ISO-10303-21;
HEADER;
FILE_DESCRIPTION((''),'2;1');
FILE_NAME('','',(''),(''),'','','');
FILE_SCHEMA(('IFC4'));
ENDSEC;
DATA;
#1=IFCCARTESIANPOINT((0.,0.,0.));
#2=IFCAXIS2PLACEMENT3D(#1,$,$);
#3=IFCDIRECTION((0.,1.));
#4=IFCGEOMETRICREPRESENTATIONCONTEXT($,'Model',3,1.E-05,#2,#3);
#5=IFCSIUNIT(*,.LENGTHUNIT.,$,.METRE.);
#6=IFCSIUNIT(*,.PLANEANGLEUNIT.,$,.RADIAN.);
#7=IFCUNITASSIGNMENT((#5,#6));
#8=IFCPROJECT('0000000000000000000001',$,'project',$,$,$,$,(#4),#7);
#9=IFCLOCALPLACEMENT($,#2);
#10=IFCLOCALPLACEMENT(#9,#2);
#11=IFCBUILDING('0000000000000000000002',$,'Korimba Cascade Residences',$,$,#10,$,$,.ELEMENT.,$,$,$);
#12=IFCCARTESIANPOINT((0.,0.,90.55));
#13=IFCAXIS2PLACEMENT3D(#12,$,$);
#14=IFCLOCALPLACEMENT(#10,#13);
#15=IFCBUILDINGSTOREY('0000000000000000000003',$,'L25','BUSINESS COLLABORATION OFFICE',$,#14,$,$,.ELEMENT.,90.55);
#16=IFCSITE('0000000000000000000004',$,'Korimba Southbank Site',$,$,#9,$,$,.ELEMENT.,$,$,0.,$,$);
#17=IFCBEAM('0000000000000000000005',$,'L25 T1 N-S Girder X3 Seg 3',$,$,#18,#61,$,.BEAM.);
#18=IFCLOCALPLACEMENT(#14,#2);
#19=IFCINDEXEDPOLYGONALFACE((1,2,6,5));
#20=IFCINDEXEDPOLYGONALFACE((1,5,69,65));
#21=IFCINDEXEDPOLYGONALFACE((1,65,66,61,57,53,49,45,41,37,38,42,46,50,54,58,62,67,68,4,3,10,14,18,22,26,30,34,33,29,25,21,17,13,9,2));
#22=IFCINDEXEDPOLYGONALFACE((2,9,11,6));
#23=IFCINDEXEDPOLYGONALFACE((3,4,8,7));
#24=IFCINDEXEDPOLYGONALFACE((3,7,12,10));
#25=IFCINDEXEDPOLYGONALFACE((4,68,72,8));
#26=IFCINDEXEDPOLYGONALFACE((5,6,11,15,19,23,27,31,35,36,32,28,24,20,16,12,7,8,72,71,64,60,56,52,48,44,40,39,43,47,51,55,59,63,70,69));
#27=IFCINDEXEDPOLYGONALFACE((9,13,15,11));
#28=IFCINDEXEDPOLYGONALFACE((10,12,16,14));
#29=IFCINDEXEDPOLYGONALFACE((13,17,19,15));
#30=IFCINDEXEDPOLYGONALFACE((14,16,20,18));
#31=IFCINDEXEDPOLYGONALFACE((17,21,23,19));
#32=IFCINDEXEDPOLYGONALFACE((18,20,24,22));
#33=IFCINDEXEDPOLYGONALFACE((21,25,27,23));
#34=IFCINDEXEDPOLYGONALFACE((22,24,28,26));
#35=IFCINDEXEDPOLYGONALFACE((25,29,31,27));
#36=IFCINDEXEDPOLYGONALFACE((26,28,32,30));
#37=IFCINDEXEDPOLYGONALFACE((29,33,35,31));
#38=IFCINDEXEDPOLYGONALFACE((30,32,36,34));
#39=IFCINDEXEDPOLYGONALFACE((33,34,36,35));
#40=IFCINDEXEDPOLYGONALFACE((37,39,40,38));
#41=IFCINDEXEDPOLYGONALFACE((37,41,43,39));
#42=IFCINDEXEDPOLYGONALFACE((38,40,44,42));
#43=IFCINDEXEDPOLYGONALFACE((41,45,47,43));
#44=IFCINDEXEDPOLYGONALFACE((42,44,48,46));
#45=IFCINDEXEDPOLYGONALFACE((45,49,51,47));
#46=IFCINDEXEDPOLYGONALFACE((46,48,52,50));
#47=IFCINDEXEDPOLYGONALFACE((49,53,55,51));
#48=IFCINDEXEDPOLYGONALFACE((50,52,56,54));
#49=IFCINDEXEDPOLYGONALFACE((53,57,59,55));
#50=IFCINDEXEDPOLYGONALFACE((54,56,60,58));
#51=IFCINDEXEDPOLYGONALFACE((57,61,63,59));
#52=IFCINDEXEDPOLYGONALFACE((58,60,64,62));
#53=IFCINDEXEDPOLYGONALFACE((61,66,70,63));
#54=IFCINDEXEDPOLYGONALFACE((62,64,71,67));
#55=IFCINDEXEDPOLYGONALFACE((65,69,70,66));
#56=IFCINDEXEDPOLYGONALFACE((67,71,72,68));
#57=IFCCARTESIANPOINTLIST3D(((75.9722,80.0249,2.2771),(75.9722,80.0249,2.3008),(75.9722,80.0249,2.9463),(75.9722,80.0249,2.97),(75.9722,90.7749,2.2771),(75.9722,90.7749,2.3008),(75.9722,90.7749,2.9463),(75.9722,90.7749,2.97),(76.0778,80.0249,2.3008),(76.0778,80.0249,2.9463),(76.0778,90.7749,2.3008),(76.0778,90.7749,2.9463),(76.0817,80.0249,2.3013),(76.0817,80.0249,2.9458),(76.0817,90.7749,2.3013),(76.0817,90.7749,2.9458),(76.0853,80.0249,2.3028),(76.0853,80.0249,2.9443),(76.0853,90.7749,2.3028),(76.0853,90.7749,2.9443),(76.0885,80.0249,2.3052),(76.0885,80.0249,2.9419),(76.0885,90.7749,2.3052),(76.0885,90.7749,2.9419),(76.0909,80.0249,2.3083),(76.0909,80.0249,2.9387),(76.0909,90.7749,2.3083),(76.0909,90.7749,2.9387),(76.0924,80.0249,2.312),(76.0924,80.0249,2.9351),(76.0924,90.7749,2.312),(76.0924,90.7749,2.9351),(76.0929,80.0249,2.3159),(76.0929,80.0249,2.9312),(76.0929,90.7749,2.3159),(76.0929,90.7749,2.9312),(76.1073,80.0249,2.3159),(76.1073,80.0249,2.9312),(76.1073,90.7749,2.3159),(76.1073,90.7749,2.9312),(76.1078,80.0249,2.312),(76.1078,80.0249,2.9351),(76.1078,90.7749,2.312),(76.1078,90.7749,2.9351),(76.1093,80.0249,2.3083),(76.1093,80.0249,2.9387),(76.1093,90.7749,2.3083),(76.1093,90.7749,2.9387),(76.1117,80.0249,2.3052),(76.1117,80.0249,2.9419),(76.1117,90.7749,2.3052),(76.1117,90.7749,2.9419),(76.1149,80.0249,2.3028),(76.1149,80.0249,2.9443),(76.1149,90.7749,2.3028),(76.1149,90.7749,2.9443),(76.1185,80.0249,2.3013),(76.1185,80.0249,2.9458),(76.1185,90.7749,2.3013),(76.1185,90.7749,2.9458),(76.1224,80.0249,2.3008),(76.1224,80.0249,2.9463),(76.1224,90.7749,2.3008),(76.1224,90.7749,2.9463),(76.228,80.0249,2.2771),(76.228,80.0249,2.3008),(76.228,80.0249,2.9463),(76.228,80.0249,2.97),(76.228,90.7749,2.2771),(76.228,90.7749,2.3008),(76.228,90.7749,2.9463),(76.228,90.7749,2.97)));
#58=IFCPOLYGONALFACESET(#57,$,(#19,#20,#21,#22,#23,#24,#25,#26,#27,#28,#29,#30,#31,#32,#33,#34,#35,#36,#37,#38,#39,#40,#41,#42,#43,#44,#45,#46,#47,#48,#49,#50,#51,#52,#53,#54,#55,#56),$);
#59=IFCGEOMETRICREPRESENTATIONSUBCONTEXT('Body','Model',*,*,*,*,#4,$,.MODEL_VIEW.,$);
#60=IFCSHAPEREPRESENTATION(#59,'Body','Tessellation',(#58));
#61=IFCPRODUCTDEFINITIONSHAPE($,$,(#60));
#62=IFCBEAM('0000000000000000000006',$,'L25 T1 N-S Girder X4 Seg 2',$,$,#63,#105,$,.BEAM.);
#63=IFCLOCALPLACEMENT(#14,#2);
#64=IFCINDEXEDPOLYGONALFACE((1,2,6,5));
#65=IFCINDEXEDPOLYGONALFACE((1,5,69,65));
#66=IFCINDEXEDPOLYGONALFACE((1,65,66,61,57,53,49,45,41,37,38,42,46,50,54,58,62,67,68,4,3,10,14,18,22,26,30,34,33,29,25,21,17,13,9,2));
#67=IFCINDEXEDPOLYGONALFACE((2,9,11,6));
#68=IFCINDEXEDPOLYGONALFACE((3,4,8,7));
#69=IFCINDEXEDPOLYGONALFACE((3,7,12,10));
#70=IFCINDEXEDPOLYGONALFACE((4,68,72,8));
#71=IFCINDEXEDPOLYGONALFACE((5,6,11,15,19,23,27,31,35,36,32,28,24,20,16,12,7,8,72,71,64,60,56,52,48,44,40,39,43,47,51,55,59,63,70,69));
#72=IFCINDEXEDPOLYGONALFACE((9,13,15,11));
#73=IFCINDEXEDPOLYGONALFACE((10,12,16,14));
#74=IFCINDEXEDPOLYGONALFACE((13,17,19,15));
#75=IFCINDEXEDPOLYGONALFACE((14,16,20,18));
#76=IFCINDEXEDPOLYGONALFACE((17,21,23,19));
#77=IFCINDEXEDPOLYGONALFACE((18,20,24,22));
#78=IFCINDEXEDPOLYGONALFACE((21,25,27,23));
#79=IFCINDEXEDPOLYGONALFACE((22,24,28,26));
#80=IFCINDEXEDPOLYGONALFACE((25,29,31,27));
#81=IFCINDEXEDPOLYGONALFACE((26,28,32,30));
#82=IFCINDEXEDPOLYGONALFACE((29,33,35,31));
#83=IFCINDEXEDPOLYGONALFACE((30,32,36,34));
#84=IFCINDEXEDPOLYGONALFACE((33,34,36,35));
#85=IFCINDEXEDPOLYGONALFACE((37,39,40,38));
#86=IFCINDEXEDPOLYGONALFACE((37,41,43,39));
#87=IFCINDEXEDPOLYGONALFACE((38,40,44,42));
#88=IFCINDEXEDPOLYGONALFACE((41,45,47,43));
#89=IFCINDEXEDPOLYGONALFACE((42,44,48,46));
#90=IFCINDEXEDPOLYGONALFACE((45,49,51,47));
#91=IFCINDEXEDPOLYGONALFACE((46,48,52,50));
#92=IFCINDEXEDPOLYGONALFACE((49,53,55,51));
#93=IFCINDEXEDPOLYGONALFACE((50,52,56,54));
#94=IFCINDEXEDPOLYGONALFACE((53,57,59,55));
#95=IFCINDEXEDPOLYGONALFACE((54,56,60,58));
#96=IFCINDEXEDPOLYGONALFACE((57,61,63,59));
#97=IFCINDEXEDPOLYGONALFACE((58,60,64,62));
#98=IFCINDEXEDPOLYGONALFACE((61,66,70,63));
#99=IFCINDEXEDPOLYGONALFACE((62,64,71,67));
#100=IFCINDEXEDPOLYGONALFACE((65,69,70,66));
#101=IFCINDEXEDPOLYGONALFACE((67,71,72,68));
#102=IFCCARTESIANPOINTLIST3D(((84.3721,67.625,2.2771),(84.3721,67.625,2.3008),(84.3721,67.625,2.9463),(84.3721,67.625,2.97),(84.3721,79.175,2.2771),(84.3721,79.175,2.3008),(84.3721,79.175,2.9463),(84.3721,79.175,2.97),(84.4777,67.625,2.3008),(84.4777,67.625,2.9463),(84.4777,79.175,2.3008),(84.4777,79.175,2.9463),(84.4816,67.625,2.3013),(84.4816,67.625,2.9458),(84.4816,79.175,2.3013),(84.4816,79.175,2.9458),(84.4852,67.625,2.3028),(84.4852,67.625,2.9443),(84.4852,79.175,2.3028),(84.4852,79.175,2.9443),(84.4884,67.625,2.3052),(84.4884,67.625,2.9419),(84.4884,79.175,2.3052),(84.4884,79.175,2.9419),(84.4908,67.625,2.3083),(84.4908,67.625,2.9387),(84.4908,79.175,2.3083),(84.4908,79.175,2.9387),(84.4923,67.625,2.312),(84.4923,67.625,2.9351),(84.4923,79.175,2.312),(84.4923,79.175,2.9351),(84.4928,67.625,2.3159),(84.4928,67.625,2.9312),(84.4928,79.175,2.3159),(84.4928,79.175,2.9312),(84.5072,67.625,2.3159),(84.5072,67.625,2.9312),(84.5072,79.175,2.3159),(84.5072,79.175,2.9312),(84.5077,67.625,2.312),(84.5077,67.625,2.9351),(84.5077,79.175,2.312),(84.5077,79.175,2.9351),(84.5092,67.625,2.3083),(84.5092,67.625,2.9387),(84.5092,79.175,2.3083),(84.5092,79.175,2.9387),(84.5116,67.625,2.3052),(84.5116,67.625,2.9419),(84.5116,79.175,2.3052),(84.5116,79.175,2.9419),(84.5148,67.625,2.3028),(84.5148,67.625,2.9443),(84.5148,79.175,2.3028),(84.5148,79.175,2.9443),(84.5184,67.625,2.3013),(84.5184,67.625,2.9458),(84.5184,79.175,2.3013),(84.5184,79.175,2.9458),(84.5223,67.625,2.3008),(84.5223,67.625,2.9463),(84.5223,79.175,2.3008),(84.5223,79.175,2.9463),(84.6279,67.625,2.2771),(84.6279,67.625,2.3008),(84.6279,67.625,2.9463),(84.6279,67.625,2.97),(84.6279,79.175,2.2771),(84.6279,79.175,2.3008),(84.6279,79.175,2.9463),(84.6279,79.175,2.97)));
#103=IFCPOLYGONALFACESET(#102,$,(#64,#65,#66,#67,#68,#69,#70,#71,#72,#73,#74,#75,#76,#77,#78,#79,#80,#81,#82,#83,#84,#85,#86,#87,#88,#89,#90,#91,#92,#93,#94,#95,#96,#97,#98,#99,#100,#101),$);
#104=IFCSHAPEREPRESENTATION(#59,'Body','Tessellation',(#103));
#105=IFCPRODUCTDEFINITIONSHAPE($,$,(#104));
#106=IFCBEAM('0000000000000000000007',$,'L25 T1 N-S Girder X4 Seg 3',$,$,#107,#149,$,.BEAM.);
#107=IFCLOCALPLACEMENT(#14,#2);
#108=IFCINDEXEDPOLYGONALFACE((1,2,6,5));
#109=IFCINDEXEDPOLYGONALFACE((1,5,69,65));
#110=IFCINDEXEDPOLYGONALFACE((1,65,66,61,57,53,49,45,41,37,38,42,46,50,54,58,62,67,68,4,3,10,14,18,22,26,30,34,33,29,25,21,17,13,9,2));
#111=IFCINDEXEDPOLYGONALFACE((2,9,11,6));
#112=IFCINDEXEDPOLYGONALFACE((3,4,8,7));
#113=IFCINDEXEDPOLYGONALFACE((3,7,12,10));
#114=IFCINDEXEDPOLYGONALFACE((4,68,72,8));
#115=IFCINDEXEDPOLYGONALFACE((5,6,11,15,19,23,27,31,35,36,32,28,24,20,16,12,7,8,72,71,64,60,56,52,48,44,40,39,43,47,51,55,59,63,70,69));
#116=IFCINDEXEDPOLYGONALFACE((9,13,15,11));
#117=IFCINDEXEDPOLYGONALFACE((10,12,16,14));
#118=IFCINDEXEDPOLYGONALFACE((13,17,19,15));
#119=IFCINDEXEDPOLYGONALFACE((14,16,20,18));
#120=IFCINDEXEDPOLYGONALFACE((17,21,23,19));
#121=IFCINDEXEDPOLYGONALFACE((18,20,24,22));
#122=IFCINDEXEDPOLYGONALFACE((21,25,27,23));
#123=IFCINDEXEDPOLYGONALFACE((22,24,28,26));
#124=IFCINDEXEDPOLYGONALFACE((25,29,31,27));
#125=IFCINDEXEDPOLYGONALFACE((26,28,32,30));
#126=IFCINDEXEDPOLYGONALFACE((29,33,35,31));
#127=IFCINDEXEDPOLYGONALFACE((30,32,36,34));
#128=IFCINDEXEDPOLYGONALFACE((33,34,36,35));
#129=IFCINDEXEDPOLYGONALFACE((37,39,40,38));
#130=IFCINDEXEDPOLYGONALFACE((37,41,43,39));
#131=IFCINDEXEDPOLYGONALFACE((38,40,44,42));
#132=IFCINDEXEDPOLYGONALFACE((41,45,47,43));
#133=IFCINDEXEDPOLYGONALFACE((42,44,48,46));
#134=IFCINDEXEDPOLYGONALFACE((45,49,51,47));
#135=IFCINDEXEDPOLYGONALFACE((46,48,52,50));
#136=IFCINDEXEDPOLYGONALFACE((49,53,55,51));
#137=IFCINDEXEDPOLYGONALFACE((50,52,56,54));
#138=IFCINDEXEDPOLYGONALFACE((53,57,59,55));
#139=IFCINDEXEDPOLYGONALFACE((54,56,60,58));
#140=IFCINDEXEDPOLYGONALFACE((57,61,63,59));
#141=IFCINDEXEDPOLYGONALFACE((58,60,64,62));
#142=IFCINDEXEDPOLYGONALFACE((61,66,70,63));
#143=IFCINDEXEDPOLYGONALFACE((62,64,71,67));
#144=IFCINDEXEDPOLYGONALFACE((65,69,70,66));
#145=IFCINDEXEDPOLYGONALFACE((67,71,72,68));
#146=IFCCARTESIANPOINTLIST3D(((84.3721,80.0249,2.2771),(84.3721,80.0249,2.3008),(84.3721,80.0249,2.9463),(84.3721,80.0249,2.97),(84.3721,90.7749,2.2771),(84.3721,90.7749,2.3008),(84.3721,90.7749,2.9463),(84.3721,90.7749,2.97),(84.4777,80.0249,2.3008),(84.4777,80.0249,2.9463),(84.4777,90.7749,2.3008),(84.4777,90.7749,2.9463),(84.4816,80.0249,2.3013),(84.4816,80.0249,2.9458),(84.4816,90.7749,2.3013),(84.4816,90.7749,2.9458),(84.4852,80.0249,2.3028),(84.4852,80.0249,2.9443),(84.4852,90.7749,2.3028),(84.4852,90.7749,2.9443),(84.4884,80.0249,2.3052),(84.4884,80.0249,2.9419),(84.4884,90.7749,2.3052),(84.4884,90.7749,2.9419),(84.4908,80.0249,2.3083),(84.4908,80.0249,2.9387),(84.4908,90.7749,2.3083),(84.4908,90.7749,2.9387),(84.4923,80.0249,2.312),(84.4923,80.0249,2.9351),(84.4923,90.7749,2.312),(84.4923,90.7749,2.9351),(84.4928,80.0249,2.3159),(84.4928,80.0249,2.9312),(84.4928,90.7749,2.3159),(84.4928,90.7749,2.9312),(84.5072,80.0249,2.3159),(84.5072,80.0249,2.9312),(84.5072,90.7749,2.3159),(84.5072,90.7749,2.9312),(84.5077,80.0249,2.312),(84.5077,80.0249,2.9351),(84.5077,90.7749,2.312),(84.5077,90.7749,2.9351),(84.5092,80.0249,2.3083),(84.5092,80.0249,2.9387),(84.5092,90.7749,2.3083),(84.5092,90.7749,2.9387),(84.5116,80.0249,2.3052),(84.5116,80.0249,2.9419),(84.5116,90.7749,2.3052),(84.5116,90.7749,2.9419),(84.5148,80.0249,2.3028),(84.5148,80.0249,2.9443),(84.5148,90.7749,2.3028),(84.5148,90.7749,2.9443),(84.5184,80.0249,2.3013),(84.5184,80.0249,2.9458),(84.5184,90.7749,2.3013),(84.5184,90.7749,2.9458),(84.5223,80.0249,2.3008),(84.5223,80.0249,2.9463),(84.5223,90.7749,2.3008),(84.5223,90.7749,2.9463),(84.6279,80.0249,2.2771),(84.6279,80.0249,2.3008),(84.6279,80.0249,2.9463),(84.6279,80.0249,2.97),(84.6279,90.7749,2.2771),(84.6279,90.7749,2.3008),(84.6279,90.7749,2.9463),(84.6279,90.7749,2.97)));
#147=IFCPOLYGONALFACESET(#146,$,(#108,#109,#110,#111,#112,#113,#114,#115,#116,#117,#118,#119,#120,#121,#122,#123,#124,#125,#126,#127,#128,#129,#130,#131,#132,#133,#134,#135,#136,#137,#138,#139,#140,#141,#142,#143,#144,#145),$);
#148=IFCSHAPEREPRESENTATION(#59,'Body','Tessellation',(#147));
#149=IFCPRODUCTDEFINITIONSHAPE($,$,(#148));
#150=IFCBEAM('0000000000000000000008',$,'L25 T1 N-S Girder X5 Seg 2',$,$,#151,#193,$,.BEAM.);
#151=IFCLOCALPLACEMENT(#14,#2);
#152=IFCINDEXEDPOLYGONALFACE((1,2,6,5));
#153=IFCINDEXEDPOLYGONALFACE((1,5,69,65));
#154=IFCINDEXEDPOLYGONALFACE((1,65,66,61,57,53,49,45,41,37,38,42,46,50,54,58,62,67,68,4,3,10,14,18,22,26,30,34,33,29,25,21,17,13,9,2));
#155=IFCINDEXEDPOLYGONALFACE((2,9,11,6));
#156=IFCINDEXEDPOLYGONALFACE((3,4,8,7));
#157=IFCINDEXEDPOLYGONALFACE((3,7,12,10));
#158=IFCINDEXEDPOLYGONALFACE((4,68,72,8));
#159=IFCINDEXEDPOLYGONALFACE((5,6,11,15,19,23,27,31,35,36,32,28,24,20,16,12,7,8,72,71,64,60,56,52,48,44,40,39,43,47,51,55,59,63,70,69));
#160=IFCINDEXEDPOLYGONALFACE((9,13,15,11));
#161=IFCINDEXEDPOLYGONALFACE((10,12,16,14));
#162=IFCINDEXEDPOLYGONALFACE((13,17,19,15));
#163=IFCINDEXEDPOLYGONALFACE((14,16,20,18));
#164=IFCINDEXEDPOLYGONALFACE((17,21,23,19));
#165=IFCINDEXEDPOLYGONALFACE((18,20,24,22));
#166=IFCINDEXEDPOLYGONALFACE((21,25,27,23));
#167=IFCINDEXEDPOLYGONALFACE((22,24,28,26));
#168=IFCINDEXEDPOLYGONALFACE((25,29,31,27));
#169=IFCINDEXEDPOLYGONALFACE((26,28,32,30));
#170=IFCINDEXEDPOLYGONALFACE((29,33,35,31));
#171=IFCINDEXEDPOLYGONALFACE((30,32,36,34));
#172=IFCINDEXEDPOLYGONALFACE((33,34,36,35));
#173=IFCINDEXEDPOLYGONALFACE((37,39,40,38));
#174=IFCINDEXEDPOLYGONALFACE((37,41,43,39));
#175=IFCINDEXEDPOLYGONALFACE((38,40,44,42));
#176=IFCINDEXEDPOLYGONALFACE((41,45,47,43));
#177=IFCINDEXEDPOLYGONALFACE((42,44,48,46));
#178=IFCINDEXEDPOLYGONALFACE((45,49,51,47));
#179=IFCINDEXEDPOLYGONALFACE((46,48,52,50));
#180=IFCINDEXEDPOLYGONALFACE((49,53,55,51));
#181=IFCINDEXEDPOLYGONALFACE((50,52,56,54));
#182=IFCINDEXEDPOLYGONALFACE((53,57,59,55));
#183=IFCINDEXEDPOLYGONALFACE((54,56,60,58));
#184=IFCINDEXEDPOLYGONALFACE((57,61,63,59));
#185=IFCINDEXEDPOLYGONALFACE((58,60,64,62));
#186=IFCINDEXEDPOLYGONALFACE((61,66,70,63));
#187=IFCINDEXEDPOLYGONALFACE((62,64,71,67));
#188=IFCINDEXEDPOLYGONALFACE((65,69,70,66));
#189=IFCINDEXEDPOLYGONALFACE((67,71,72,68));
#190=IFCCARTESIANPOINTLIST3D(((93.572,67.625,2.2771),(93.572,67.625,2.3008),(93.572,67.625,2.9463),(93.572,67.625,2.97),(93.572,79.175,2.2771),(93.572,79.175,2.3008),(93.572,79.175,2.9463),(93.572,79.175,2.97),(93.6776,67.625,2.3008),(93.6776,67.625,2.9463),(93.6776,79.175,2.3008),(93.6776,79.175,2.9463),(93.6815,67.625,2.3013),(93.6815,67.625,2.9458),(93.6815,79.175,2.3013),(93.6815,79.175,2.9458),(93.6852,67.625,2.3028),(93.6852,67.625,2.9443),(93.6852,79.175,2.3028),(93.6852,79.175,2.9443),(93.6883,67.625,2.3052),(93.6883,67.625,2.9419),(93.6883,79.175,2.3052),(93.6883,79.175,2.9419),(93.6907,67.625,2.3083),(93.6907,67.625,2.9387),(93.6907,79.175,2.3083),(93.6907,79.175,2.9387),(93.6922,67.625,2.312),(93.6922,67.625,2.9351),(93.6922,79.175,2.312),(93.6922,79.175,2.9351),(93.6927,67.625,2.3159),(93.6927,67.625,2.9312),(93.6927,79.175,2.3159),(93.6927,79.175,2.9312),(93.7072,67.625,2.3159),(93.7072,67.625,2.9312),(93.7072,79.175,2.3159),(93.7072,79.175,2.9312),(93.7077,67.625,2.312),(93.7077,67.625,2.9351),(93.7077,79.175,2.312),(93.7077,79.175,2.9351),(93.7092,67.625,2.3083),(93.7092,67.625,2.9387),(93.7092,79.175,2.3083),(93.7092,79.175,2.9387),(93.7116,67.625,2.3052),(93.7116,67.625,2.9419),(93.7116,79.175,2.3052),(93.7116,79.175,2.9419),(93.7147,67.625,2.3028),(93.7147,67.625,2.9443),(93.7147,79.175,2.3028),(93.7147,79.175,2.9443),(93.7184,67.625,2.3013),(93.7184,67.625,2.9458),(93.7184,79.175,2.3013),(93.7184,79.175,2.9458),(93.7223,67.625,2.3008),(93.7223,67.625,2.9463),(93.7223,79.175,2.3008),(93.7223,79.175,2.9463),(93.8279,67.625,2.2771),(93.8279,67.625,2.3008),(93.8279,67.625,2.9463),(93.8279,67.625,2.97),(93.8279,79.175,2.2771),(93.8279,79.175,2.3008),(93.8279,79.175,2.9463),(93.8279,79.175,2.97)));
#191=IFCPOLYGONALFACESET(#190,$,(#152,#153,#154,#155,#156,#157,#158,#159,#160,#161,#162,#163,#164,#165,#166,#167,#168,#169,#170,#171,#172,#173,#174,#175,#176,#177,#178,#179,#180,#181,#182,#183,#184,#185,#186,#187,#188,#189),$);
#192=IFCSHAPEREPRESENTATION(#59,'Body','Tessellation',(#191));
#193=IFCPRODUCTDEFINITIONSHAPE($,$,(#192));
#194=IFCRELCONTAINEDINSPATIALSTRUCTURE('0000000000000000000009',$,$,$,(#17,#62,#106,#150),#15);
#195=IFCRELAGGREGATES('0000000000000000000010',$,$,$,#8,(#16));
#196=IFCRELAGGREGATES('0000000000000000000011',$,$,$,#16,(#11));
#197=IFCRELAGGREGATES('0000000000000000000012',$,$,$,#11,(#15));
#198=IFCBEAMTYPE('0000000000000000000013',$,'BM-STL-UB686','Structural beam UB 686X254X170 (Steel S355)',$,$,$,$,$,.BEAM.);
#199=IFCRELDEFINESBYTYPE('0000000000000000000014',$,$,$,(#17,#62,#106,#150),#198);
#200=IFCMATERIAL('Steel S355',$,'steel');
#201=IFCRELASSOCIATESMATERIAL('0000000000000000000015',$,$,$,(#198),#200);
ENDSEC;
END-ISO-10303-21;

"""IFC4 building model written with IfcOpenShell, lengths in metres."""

from ifc_helpers import new_model, si_unit, direction, frame, origin, origin_2d, place, context, subcontext, project, spatial, i_section, extrude, material, material_profile, profile_set, type_object, element, save


model = new_model("IFC4")

# Units and contexts
model_context = context("Model", 3, precision=1e-05, world=origin(), true_north=direction((0.0, 1.0)))
body_context = subcontext(model_context, "Body", "Model", "MODEL_VIEW")
ifc_project = project(units=[si_unit("LENGTHUNIT", "METRE"), si_unit("PLANEANGLEUNIT", "RADIAN")], contexts=[model_context])

# Site, building, storey
site_placement = place(None, origin())
site = spatial("IfcSite", under=ifc_project, at=site_placement, Name="Korimba Southbank Site", CompositionType="ELEMENT", RefElevation=0.0)
building_placement = place(site_placement, origin())
building = spatial("IfcBuilding", under=site, at=building_placement, Name="Korimba Cascade Residences", CompositionType="ELEMENT")
storey_placement = place(building_placement, frame((0.0, 0.0, 90.55)))
storey = spatial("IfcBuildingStorey", under=building, at=storey_placement, Name="L25", Description="BUSINESS COLLABORATION OFFICE", CompositionType="ELEMENT", Elevation=90.55)

# Beams
ifc_material_1 = material(Name="Steel S355", Category="steel")
ifc_material_profile_1 = material_profile(ifc_material_1, i_section(OverallWidth=0.2559, OverallDepth=0.6929, WebThickness=0.0144, FlangeThickness=0.0237, FilletRadius=0.0151, at=origin_2d()), Name="Steel S355")
ifc_profile_set_1 = profile_set([ifc_material_profile_1], Name="Steel S355")
beam_type_1 = type_object("IfcBeamType", Name="BM-STL-UB686", Description="Structural beam UB 686X254X170 (Steel S355)", PredefinedType="BEAM", material=ifc_profile_set_1)
beam_1_placement = place(storey_placement, frame((76.1001, 80.0249, 2.6235), z_axis=(0.0, 1.0, 0.0), x_axis=(-1.0, 0.0, 0.0)))
element("IfcBeam", 1, at=beam_1_placement, inside=storey, type_object=beam_type_1, Name="L25 T1 N-S Girder X3 Seg 3", PredefinedType="BEAM", context=body_context, shape_type="SweptSolid", body=[
    extrude(i_section(OverallWidth=0.2559, OverallDepth=0.6929, WebThickness=0.0144, FlangeThickness=0.0237, FilletRadius=0.0151, at=origin_2d()), origin(), (0.0, 0.0, 1.0), 10.75),
])
beam_2_placement = place(storey_placement, frame((84.5, 67.625, 2.6235), z_axis=(0.0, 1.0, 0.0), x_axis=(-1.0, 0.0, 0.0)))
element("IfcBeam", 2, at=beam_2_placement, inside=storey, type_object=beam_type_1, Name="L25 T1 N-S Girder X4 Seg 2", PredefinedType="BEAM", context=body_context, shape_type="SweptSolid", body=[
    extrude(i_section(OverallWidth=0.2559, OverallDepth=0.6929, WebThickness=0.0144, FlangeThickness=0.0237, FilletRadius=0.0151, at=origin_2d()), origin(), (0.0, 0.0, 1.0), 11.55),
])
beam_3_placement = place(storey_placement, frame((84.5, 80.0249, 2.6235), z_axis=(0.0, 1.0, 0.0), x_axis=(-1.0, 0.0, 0.0)))
element("IfcBeam", 3, at=beam_3_placement, inside=storey, type_object=beam_type_1, Name="L25 T1 N-S Girder X4 Seg 3", PredefinedType="BEAM", context=body_context, shape_type="SweptSolid", body=[
    extrude(i_section(OverallWidth=0.2559, OverallDepth=0.6929, WebThickness=0.0144, FlangeThickness=0.0237, FilletRadius=0.0151, at=origin_2d()), origin(), (0.0, 0.0, 1.0), 10.75),
])
beam_4_placement = place(storey_placement, frame((93.7, 67.625, 2.6235), z_axis=(0.0, 1.0, 0.0), x_axis=(-1.0, 0.0, 0.0)))
element("IfcBeam", 4, at=beam_4_placement, inside=storey, type_object=beam_type_1, Name="L25 T1 N-S Girder X5 Seg 2", PredefinedType="BEAM", context=body_context, shape_type="SweptSolid", body=[
    extrude(i_section(OverallWidth=0.2559, OverallDepth=0.6929, WebThickness=0.0144, FlangeThickness=0.0237, FilletRadius=0.0151, at=origin_2d()), origin(), (0.0, 0.0, 1.0), 11.55),
])

save(model, "model.ifc")
